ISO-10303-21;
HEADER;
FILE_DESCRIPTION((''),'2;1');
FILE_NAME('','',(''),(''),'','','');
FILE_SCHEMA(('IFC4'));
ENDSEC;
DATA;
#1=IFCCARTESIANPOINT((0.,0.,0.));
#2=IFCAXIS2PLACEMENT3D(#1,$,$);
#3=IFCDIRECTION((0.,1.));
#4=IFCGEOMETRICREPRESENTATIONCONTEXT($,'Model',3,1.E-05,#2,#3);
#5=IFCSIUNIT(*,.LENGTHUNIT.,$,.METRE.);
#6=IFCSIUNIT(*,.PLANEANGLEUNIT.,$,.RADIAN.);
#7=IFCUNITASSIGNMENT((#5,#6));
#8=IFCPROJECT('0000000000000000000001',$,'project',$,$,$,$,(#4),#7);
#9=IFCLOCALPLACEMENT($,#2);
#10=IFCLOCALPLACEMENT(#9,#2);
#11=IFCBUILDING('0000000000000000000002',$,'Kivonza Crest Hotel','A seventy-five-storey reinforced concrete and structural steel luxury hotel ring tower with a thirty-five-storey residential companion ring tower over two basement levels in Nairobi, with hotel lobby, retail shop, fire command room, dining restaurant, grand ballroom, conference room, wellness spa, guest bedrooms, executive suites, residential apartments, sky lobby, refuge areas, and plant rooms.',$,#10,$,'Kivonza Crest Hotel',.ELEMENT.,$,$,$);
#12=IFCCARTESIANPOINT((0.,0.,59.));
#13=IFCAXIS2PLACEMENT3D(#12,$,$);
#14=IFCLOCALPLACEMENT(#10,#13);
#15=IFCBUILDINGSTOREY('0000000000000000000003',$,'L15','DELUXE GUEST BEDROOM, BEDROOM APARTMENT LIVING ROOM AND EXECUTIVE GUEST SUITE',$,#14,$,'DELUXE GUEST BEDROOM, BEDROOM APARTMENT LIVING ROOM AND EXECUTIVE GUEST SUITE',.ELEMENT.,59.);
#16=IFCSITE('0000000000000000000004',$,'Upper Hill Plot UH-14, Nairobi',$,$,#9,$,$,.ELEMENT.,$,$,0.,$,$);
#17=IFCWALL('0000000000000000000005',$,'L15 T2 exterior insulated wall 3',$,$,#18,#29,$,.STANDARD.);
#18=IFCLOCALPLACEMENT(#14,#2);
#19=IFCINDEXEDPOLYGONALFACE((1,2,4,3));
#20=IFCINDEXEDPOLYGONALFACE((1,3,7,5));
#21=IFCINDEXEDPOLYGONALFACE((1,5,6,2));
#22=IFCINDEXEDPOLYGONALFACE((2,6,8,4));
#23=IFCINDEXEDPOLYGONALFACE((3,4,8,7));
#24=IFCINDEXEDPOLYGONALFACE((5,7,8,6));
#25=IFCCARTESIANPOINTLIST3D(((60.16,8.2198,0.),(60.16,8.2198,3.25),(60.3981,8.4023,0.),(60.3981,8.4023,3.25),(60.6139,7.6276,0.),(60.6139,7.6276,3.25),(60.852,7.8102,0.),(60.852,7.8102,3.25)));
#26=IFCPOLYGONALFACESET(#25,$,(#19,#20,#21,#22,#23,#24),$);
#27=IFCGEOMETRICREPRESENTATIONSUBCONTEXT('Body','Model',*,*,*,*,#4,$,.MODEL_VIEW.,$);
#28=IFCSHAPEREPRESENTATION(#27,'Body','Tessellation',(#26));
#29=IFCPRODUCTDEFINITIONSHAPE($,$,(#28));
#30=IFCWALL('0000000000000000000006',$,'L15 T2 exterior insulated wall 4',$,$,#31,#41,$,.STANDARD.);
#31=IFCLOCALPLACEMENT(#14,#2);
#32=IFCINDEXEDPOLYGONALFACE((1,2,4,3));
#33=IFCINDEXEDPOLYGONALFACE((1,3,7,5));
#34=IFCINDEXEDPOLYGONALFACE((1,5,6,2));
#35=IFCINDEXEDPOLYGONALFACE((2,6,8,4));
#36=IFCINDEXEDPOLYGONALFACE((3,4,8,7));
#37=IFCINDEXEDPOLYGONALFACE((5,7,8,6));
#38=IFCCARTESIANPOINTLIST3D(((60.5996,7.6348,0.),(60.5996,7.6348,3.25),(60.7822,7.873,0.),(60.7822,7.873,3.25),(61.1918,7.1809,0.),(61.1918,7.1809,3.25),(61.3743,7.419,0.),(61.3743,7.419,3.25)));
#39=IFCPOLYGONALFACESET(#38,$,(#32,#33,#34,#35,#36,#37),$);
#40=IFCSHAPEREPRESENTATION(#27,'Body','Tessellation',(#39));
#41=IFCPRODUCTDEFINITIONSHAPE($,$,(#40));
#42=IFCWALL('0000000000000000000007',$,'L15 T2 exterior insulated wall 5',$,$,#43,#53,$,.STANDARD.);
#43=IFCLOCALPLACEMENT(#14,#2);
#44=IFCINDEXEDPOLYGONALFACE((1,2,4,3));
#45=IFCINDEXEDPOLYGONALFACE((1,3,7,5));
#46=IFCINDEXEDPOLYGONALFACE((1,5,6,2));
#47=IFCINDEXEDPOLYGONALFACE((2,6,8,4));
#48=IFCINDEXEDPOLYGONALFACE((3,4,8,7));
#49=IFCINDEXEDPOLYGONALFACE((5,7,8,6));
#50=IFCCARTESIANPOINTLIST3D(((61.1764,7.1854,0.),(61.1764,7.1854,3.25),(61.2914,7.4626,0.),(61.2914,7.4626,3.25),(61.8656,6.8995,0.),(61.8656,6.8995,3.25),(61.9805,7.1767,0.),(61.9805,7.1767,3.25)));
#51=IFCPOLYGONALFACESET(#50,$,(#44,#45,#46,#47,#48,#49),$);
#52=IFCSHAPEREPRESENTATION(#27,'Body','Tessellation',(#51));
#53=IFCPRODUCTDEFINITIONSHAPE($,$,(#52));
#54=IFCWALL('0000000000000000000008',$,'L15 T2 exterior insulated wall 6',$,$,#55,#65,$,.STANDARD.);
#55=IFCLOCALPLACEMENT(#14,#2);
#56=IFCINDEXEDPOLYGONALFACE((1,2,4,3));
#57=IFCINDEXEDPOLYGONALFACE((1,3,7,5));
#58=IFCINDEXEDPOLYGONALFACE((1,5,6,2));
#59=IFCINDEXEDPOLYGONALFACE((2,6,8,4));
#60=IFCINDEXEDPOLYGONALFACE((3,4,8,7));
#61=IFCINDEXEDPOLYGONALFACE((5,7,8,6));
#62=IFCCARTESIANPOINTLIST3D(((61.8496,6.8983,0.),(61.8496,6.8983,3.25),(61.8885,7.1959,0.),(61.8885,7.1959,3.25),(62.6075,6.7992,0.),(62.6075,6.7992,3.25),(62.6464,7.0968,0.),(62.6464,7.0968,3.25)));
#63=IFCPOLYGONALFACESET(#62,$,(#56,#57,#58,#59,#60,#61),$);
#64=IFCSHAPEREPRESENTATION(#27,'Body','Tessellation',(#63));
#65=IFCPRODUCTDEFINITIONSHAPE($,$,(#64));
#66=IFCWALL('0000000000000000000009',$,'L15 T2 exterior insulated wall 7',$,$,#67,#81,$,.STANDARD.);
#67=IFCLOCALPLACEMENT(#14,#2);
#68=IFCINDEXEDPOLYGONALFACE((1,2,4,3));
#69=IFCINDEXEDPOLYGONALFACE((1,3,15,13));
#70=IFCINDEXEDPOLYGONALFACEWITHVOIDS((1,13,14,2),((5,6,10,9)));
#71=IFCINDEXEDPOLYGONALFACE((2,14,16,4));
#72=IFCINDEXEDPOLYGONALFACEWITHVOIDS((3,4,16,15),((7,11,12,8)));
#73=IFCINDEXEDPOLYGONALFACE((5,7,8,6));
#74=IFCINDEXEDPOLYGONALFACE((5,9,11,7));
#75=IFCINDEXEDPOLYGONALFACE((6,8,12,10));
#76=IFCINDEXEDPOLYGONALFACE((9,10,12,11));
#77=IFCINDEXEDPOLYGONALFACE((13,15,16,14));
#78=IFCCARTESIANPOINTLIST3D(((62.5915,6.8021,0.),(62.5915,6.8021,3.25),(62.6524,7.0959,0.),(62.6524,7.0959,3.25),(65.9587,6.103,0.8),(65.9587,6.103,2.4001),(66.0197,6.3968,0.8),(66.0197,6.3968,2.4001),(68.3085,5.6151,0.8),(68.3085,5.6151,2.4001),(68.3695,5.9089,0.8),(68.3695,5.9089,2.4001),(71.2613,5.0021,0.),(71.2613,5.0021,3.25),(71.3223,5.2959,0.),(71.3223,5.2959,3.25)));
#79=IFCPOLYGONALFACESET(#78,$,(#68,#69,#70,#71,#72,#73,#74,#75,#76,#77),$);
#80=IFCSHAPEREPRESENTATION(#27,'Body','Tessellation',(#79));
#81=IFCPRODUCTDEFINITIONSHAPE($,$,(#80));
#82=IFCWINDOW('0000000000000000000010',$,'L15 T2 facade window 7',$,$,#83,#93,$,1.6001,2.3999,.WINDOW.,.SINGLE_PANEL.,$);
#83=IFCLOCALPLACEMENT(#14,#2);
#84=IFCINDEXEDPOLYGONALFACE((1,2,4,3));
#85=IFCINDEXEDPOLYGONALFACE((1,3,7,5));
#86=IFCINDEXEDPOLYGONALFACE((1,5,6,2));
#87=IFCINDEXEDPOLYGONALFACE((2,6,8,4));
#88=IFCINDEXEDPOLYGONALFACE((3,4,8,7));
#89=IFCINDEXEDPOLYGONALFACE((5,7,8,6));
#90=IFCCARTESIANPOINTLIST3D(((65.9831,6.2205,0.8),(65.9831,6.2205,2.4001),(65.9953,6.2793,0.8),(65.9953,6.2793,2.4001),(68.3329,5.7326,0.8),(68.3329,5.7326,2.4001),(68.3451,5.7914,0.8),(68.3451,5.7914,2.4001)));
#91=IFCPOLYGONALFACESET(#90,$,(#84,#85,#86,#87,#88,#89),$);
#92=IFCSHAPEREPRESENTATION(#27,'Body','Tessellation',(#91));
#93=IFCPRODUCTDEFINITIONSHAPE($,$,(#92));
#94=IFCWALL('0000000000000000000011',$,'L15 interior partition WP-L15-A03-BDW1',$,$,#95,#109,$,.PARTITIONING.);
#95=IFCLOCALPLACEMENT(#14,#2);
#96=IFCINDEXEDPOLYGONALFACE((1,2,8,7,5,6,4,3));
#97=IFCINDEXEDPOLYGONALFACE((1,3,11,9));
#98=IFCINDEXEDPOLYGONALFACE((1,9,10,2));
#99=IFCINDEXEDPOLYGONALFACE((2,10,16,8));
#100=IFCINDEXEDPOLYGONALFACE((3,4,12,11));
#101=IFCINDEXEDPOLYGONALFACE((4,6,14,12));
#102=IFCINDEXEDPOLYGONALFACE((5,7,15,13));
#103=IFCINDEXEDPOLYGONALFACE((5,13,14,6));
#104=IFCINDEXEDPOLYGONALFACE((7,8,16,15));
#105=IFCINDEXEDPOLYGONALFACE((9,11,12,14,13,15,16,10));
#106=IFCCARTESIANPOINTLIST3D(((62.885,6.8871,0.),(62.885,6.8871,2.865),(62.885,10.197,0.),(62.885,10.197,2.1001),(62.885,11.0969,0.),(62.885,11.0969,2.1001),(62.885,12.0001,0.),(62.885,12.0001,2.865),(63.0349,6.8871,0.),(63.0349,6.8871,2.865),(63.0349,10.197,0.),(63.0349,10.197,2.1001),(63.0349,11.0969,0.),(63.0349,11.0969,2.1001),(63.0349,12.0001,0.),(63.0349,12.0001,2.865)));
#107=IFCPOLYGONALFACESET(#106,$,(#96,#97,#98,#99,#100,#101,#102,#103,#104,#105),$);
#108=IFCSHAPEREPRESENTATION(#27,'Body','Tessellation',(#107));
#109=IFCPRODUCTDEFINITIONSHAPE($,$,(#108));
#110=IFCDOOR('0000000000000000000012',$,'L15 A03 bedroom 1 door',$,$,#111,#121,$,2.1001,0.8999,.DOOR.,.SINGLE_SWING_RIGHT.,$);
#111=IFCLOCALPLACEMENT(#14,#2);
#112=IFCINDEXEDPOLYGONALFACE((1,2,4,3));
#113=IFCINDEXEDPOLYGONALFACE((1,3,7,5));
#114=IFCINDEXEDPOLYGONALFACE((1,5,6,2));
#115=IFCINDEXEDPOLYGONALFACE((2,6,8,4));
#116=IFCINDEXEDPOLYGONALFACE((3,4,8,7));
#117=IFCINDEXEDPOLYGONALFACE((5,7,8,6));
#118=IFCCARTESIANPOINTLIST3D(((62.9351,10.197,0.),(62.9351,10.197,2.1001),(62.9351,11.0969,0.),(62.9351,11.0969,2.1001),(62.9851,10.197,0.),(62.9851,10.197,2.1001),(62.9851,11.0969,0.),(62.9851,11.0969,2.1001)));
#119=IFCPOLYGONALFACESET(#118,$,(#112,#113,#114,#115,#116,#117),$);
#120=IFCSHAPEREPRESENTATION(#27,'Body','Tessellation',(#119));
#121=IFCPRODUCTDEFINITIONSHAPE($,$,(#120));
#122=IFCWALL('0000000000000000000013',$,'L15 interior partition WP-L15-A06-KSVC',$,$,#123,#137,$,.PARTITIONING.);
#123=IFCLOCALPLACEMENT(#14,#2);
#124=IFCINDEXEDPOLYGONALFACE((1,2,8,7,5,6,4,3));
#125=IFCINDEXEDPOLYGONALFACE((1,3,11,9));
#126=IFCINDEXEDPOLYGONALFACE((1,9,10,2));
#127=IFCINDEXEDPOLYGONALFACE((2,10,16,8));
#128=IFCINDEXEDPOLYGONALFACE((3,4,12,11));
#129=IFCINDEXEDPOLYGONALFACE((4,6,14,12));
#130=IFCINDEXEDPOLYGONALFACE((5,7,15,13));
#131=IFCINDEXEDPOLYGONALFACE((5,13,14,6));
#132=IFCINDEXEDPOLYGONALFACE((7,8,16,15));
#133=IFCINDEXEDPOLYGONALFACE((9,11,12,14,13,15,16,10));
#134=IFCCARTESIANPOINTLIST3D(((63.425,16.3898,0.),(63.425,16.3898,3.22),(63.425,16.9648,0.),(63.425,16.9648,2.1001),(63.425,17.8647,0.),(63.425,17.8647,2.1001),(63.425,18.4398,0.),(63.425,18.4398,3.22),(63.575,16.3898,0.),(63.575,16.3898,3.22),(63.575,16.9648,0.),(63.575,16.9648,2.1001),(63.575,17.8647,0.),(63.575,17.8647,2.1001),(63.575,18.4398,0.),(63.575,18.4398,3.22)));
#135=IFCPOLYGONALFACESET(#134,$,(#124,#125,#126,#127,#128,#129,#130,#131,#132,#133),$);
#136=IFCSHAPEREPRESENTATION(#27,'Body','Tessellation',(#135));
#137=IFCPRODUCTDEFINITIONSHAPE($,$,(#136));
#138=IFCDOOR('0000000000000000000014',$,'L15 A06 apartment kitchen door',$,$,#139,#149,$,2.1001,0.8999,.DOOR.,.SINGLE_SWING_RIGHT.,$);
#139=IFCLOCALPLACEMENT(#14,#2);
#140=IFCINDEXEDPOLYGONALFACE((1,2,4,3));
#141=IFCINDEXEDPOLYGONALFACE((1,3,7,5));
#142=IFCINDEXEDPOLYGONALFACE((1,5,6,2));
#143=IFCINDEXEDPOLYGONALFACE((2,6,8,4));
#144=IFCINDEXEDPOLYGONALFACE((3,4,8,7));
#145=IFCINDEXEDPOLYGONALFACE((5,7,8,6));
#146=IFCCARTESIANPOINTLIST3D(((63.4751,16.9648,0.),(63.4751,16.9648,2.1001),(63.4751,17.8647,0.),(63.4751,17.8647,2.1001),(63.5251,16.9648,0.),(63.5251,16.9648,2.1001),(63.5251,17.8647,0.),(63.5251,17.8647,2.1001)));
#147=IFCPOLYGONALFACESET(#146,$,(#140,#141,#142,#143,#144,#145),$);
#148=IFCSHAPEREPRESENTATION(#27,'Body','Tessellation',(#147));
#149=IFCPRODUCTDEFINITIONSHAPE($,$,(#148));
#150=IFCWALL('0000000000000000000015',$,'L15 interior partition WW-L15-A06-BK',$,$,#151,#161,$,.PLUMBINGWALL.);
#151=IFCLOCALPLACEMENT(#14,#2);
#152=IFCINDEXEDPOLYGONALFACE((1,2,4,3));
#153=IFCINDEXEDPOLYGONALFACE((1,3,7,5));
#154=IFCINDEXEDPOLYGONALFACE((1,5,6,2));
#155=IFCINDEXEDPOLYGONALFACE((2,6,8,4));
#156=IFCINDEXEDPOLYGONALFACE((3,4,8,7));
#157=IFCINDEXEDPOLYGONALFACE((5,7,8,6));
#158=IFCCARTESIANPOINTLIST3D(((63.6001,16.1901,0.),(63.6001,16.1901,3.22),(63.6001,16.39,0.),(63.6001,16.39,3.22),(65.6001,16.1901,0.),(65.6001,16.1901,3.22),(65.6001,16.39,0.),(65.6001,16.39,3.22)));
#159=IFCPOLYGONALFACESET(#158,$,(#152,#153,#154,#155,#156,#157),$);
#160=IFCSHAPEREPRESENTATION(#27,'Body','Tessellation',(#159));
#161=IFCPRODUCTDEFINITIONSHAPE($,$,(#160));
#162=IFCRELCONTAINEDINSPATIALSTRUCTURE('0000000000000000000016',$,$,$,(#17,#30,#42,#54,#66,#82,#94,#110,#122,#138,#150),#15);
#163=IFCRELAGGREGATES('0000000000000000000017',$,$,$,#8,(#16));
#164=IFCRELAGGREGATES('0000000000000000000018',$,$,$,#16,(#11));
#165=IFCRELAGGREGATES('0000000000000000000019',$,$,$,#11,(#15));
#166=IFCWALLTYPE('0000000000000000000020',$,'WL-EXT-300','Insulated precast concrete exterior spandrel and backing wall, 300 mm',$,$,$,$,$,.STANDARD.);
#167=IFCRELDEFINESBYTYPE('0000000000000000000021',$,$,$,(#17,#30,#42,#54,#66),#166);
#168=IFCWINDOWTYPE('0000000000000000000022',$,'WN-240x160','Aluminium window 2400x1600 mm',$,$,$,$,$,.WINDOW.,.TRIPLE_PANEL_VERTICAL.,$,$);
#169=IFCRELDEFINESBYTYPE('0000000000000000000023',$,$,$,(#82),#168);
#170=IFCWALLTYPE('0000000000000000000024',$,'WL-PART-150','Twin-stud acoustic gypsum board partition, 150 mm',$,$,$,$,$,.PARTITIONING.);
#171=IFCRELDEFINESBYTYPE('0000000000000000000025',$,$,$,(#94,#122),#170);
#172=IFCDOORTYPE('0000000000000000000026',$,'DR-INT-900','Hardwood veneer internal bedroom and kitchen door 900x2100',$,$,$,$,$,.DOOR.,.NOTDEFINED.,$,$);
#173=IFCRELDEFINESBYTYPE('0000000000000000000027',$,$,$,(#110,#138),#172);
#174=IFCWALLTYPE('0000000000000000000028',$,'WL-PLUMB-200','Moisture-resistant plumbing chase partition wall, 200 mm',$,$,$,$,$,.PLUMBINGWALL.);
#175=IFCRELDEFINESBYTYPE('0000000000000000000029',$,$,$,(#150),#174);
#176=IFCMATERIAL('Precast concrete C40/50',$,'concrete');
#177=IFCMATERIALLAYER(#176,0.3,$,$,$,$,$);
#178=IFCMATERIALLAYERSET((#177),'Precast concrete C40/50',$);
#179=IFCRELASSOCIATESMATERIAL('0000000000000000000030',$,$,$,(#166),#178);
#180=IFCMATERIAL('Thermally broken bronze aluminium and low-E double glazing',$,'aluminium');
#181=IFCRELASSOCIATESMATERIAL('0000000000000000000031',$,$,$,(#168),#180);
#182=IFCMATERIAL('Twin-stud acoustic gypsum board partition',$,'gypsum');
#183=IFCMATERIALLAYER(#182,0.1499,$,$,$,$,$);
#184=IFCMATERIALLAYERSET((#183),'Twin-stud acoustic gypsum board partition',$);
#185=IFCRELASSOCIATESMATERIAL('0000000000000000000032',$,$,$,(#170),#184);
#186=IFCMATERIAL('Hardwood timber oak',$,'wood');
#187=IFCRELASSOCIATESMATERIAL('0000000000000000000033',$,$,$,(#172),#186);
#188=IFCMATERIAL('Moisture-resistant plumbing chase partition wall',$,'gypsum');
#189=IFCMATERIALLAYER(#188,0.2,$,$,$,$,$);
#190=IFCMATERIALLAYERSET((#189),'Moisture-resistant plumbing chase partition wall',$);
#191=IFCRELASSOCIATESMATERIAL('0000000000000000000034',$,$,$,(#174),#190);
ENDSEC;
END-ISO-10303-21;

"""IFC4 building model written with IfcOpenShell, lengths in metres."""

from ifc_helpers import new_model, si_unit, direction, frame, frame_2d, origin, place, context, subcontext, project, spatial, rectangle, extrude, material, layer, layer_set, type_object, element, fill, save


model = new_model("IFC4")

# Units and contexts
model_context = context("Model", 3, precision=1e-05, world=origin(), true_north=direction((0.0, 1.0)))
body_context = subcontext(model_context, "Body", "Model", "MODEL_VIEW")
ifc_project = project(units=[si_unit("LENGTHUNIT", "METRE"), si_unit("PLANEANGLEUNIT", "RADIAN")], contexts=[model_context])

# Site, building, storey
site_placement = place(None, origin())
site = spatial("IfcSite", under=ifc_project, at=site_placement, Name="Upper Hill Plot UH-14, Nairobi", CompositionType="ELEMENT", RefElevation=0.0)
building_placement = place(site_placement, origin())
building = spatial("IfcBuilding", under=site, at=building_placement, Name="Kivonza Crest Hotel", Description="A seventy-five-storey reinforced concrete and structural steel luxury hotel ring tower with a thirty-five-storey residential companion ring tower over two basement levels in Nairobi, with hotel lobby, retail shop, fire command room, dining restaurant, grand ballroom, conference room, wellness spa, guest bedrooms, executive suites, residential apartments, sky lobby, refuge areas, and plant rooms.", LongName="Kivonza Crest Hotel", CompositionType="ELEMENT")
storey_placement = place(building_placement, frame((0.0, 0.0, 59.0)))
storey = spatial("IfcBuildingStorey", under=building, at=storey_placement, Name="L15", Description="DELUXE GUEST BEDROOM, BEDROOM APARTMENT LIVING ROOM AND EXECUTIVE GUEST SUITE", LongName="DELUXE GUEST BEDROOM, BEDROOM APARTMENT LIVING ROOM AND EXECUTIVE GUEST SUITE", CompositionType="ELEMENT", Elevation=59.0)

# Walls
ifc_material_1 = material(Name="Precast concrete C40/50", Category="concrete")
ifc_layer_1 = layer(ifc_material_1, 0.3)
ifc_layer_set_1 = layer_set([ifc_layer_1], Name="Precast concrete C40/50")
wall_type_1 = type_object("IfcWallType", Name="WL-EXT-300", Description="Insulated precast concrete exterior spandrel and backing wall, 300 mm", PredefinedType="STANDARD", material=ifc_layer_set_1)
for number, where, z_axis, x_axis, name in (
    (1, (60.2791, 8.311, 0.0), (0.0, 0.0, 1.0), (0.608397, -0.793633, 0.0), "L15 T2 exterior insulated wall 3"),
    (2, (60.6909, 7.7539, 0.0), (0.0, 0.0, 1.0), (0.793633, -0.608397, 0.0), "L15 T2 exterior insulated wall 4"),
    (3, (61.2339, 7.324, 0.0), (0.0, 0.0, 1.0), (0.923686, -0.383151, 0.0), "L15 T2 exterior insulated wall 5"),
):
    element("IfcWall", number, at=place(storey_placement, frame(where, z_axis=z_axis, x_axis=x_axis)), inside=storey, type_object=wall_type_1, Name=name, PredefinedType="STANDARD", context=body_context, shape_type="SweptSolid", body=[
        extrude(rectangle(XDim=0.7461, YDim=0.3, at=frame_2d((0.373, 0.0))), origin(), (0.0, 0.0, 1.0), 3.25),
    ])
wall_1_placement = place(storey_placement, frame((61.8689, 7.0471, 0.0), z_axis=(0.0, 0.0, 1.0), x_axis=(0.991559, -0.129653, 0.0)))
element("IfcWall", 4, at=wall_1_placement, inside=storey, type_object=wall_type_1, Name="L15 T2 exterior insulated wall 6", PredefinedType="STANDARD", context=body_context, shape_type="SweptSolid", body=[
    extrude(rectangle(XDim=0.7644, YDim=0.3, at=frame_2d((0.3823, 0.0))), origin(), (0.0, 0.0, 1.0), 3.25),
])

# Wall, opening, window
wall_2_placement = place(storey_placement, frame((62.6221, 6.949, 0.0), z_axis=(0.0, 0.0, 1.0), x_axis=(0.97912, -0.203285, 0.0)))
wall_2 = element("IfcWall", 5, at=wall_2_placement, inside=storey, type_object=wall_type_1, Name="L15 T2 exterior insulated wall 7", PredefinedType="STANDARD", context=body_context, shape_type="SweptSolid", body=[
    extrude(rectangle(XDim=8.8547, YDim=0.3, at=frame_2d((4.4272, 0.0))), origin(), (0.0, 0.0, 1.0), 3.25),
])
opening_1_placement = place(wall_2_placement, frame((3.439, 0.0, 0.8)))
opening_1 = element("IfcOpeningElement", 6, at=opening_1_placement, cuts=wall_2, PredefinedType="OPENING", context=body_context, shape_type="SweptSolid", body=[
    extrude(rectangle(XDim=2.3999, YDim=1.6001, at=frame_2d((1.2, 0.8))), frame((0.0, 0.1602, 0.0), z_axis=(0.0, -1.0, 0.0), x_axis=(1.0, 0.0, 0.0)), (0.0, 0.0, 1.0), 0.3201),
])
ifc_material_2 = material(Name="Thermally broken bronze aluminium and low-E double glazing", Category="aluminium")
window_type = type_object("IfcWindowType", Name="WN-240x160", Description="Aluminium window 2400x1600 mm", PartitioningType="TRIPLE_PANEL_VERTICAL", PredefinedType="WINDOW", material=ifc_material_2)
window_placement = place(opening_1_placement, origin())
window = element("IfcWindow", 7, at=window_placement, inside=storey, type_object=window_type, Name="L15 T2 facade window 7", OverallHeight=1.6001, OverallWidth=2.3999, PartitioningType="SINGLE_PANEL", PredefinedType="WINDOW", context=body_context, shape_type="SweptSolid", body=[
    extrude(rectangle(XDim=2.3999, YDim=1.6001, at=frame_2d((1.2, 0.8))), frame((0.0, 0.03, 0.0), z_axis=(0.0, -1.0, 0.0), x_axis=(1.0, 0.0, 0.0)), (0.0, 0.0, 1.0), 0.0601),
])
fill(opening_1, window)

# Walls, openings, doors
ifc_material_3 = material(Name="Twin-stud acoustic gypsum board partition", Category="gypsum")
ifc_layer_2 = layer(ifc_material_3, 0.1499)
ifc_layer_set_2 = layer_set([ifc_layer_2], Name="Twin-stud acoustic gypsum board partition")
wall_type_2 = type_object("IfcWallType", Name="WL-PART-150", Description="Twin-stud acoustic gypsum board partition, 150 mm", PredefinedType="PARTITIONING", material=ifc_layer_set_2)
wall_3_placement = place(storey_placement, frame((62.96, 6.887, 0.0), z_axis=(0.0, 0.0, 1.0), x_axis=(0.0, 1.0, 0.0)))
wall_3 = element("IfcWall", 8, at=wall_3_placement, inside=storey, type_object=wall_type_2, Name="L15 interior partition WP-L15-A03-BDW1", PredefinedType="PARTITIONING", context=body_context, shape_type="SweptSolid", body=[
    extrude(rectangle(XDim=5.113, YDim=0.1499, at=frame_2d((2.5566, 0.0))), origin(), (0.0, 0.0, 1.0), 2.865),
])
opening_2_placement = place(wall_3_placement, frame((3.3101, 0.0, 0.0)))
opening_2 = element("IfcOpeningElement", 9, at=opening_2_placement, cuts=wall_3, PredefinedType="OPENING", context=body_context, shape_type="SweptSolid", body=[
    extrude(rectangle(XDim=0.8999, YDim=2.1001, at=frame_2d((0.45, 1.05))), frame((0.0, 0.085, 0.0), z_axis=(0.0, -1.0, 0.0), x_axis=(1.0, 0.0, 0.0)), (0.0, 0.0, 1.0), 0.1699),
])
ifc_material_4 = material(Name="Hardwood timber oak", Category="wood")
door_type_1 = type_object("IfcDoorType", Name="DR-INT-900", Description="Hardwood veneer internal bedroom and kitchen door 900x2100", OperationType="NOTDEFINED", PredefinedType="DOOR", material=ifc_material_4)
door_1_placement = place(opening_2_placement, origin())
door_1 = element("IfcDoor", 10, at=door_1_placement, inside=storey, type_object=door_type_1, Name="L15 A03 bedroom 1 door", OperationType="SINGLE_SWING_RIGHT", OverallHeight=2.1001, OverallWidth=0.8999, PredefinedType="DOOR", context=body_context, shape_type="SweptSolid", body=[
    extrude(rectangle(XDim=0.8999, YDim=2.1001, at=frame_2d((0.45, 1.05))), frame((0.0, 0.0249, 0.0), z_axis=(0.0, -1.0, 0.0), x_axis=(1.0, 0.0, 0.0)), (0.0, 0.0, 1.0), 0.05),
])
fill(opening_2, door_1)
wall_4_placement = place(storey_placement, frame((63.5, 16.3899, 0.0), z_axis=(0.0, 0.0, 1.0), x_axis=(0.0, 1.0, 0.0)))
wall_4 = element("IfcWall", 11, at=wall_4_placement, inside=storey, type_object=wall_type_2, Name="L15 interior partition WP-L15-A06-KSVC", PredefinedType="PARTITIONING", context=body_context, shape_type="SweptSolid", body=[
    extrude(rectangle(XDim=2.05, YDim=0.1499, at=frame_2d((1.0249, 0.0))), origin(), (0.0, 0.0, 1.0), 3.22),
])
opening_3_placement = place(wall_4_placement, frame((0.575, 0.0, 0.0)))
opening_3 = element("IfcOpeningElement", 12, at=opening_3_placement, cuts=wall_4, PredefinedType="OPENING", context=body_context, shape_type="SweptSolid", body=[
    extrude(rectangle(XDim=0.8999, YDim=2.1001, at=frame_2d((0.45, 1.05))), frame((0.0, 0.085, 0.0), z_axis=(0.0, -1.0, 0.0), x_axis=(1.0, 0.0, 0.0)), (0.0, 0.0, 1.0), 0.1699),
])
door_2_placement = place(opening_3_placement, origin())
door_2 = element("IfcDoor", 13, at=door_2_placement, inside=storey, type_object=door_type_1, Name="L15 A06 apartment kitchen door", OperationType="SINGLE_SWING_RIGHT", OverallHeight=2.1001, OverallWidth=0.8999, PredefinedType="DOOR", context=body_context, shape_type="SweptSolid", body=[
    extrude(rectangle(XDim=0.8999, YDim=2.1001, at=frame_2d((0.45, 1.05))), frame((0.0, 0.0249, 0.0), z_axis=(0.0, -1.0, 0.0), x_axis=(1.0, 0.0, 0.0)), (0.0, 0.0, 1.0), 0.05),
])
fill(opening_3, door_2)

# Wall
ifc_material_5 = material(Name="Moisture-resistant plumbing chase partition wall", Category="gypsum")
ifc_layer_3 = layer(ifc_material_5, 0.2)
ifc_layer_set_3 = layer_set([ifc_layer_3], Name="Moisture-resistant plumbing chase partition wall")
wall_type_3 = type_object("IfcWallType", Name="WL-PLUMB-200", Description="Moisture-resistant plumbing chase partition wall, 200 mm", PredefinedType="PLUMBINGWALL", material=ifc_layer_set_3)
wall_5_placement = place(storey_placement, frame((63.6001, 16.29, 0.0), z_axis=(0.0, 0.0, 1.0), x_axis=(1.0, 0.0, 0.0)))
element("IfcWall", 14, at=wall_5_placement, inside=storey, type_object=wall_type_3, Name="L15 interior partition WW-L15-A06-BK", PredefinedType="PLUMBINGWALL", context=body_context, shape_type="SweptSolid", body=[
    extrude(rectangle(XDim=2.0, YDim=0.2, at=frame_2d((1.0, 0.0))), origin(), (0.0, 0.0, 1.0), 3.22),
])

save(model, "model.ifc")
